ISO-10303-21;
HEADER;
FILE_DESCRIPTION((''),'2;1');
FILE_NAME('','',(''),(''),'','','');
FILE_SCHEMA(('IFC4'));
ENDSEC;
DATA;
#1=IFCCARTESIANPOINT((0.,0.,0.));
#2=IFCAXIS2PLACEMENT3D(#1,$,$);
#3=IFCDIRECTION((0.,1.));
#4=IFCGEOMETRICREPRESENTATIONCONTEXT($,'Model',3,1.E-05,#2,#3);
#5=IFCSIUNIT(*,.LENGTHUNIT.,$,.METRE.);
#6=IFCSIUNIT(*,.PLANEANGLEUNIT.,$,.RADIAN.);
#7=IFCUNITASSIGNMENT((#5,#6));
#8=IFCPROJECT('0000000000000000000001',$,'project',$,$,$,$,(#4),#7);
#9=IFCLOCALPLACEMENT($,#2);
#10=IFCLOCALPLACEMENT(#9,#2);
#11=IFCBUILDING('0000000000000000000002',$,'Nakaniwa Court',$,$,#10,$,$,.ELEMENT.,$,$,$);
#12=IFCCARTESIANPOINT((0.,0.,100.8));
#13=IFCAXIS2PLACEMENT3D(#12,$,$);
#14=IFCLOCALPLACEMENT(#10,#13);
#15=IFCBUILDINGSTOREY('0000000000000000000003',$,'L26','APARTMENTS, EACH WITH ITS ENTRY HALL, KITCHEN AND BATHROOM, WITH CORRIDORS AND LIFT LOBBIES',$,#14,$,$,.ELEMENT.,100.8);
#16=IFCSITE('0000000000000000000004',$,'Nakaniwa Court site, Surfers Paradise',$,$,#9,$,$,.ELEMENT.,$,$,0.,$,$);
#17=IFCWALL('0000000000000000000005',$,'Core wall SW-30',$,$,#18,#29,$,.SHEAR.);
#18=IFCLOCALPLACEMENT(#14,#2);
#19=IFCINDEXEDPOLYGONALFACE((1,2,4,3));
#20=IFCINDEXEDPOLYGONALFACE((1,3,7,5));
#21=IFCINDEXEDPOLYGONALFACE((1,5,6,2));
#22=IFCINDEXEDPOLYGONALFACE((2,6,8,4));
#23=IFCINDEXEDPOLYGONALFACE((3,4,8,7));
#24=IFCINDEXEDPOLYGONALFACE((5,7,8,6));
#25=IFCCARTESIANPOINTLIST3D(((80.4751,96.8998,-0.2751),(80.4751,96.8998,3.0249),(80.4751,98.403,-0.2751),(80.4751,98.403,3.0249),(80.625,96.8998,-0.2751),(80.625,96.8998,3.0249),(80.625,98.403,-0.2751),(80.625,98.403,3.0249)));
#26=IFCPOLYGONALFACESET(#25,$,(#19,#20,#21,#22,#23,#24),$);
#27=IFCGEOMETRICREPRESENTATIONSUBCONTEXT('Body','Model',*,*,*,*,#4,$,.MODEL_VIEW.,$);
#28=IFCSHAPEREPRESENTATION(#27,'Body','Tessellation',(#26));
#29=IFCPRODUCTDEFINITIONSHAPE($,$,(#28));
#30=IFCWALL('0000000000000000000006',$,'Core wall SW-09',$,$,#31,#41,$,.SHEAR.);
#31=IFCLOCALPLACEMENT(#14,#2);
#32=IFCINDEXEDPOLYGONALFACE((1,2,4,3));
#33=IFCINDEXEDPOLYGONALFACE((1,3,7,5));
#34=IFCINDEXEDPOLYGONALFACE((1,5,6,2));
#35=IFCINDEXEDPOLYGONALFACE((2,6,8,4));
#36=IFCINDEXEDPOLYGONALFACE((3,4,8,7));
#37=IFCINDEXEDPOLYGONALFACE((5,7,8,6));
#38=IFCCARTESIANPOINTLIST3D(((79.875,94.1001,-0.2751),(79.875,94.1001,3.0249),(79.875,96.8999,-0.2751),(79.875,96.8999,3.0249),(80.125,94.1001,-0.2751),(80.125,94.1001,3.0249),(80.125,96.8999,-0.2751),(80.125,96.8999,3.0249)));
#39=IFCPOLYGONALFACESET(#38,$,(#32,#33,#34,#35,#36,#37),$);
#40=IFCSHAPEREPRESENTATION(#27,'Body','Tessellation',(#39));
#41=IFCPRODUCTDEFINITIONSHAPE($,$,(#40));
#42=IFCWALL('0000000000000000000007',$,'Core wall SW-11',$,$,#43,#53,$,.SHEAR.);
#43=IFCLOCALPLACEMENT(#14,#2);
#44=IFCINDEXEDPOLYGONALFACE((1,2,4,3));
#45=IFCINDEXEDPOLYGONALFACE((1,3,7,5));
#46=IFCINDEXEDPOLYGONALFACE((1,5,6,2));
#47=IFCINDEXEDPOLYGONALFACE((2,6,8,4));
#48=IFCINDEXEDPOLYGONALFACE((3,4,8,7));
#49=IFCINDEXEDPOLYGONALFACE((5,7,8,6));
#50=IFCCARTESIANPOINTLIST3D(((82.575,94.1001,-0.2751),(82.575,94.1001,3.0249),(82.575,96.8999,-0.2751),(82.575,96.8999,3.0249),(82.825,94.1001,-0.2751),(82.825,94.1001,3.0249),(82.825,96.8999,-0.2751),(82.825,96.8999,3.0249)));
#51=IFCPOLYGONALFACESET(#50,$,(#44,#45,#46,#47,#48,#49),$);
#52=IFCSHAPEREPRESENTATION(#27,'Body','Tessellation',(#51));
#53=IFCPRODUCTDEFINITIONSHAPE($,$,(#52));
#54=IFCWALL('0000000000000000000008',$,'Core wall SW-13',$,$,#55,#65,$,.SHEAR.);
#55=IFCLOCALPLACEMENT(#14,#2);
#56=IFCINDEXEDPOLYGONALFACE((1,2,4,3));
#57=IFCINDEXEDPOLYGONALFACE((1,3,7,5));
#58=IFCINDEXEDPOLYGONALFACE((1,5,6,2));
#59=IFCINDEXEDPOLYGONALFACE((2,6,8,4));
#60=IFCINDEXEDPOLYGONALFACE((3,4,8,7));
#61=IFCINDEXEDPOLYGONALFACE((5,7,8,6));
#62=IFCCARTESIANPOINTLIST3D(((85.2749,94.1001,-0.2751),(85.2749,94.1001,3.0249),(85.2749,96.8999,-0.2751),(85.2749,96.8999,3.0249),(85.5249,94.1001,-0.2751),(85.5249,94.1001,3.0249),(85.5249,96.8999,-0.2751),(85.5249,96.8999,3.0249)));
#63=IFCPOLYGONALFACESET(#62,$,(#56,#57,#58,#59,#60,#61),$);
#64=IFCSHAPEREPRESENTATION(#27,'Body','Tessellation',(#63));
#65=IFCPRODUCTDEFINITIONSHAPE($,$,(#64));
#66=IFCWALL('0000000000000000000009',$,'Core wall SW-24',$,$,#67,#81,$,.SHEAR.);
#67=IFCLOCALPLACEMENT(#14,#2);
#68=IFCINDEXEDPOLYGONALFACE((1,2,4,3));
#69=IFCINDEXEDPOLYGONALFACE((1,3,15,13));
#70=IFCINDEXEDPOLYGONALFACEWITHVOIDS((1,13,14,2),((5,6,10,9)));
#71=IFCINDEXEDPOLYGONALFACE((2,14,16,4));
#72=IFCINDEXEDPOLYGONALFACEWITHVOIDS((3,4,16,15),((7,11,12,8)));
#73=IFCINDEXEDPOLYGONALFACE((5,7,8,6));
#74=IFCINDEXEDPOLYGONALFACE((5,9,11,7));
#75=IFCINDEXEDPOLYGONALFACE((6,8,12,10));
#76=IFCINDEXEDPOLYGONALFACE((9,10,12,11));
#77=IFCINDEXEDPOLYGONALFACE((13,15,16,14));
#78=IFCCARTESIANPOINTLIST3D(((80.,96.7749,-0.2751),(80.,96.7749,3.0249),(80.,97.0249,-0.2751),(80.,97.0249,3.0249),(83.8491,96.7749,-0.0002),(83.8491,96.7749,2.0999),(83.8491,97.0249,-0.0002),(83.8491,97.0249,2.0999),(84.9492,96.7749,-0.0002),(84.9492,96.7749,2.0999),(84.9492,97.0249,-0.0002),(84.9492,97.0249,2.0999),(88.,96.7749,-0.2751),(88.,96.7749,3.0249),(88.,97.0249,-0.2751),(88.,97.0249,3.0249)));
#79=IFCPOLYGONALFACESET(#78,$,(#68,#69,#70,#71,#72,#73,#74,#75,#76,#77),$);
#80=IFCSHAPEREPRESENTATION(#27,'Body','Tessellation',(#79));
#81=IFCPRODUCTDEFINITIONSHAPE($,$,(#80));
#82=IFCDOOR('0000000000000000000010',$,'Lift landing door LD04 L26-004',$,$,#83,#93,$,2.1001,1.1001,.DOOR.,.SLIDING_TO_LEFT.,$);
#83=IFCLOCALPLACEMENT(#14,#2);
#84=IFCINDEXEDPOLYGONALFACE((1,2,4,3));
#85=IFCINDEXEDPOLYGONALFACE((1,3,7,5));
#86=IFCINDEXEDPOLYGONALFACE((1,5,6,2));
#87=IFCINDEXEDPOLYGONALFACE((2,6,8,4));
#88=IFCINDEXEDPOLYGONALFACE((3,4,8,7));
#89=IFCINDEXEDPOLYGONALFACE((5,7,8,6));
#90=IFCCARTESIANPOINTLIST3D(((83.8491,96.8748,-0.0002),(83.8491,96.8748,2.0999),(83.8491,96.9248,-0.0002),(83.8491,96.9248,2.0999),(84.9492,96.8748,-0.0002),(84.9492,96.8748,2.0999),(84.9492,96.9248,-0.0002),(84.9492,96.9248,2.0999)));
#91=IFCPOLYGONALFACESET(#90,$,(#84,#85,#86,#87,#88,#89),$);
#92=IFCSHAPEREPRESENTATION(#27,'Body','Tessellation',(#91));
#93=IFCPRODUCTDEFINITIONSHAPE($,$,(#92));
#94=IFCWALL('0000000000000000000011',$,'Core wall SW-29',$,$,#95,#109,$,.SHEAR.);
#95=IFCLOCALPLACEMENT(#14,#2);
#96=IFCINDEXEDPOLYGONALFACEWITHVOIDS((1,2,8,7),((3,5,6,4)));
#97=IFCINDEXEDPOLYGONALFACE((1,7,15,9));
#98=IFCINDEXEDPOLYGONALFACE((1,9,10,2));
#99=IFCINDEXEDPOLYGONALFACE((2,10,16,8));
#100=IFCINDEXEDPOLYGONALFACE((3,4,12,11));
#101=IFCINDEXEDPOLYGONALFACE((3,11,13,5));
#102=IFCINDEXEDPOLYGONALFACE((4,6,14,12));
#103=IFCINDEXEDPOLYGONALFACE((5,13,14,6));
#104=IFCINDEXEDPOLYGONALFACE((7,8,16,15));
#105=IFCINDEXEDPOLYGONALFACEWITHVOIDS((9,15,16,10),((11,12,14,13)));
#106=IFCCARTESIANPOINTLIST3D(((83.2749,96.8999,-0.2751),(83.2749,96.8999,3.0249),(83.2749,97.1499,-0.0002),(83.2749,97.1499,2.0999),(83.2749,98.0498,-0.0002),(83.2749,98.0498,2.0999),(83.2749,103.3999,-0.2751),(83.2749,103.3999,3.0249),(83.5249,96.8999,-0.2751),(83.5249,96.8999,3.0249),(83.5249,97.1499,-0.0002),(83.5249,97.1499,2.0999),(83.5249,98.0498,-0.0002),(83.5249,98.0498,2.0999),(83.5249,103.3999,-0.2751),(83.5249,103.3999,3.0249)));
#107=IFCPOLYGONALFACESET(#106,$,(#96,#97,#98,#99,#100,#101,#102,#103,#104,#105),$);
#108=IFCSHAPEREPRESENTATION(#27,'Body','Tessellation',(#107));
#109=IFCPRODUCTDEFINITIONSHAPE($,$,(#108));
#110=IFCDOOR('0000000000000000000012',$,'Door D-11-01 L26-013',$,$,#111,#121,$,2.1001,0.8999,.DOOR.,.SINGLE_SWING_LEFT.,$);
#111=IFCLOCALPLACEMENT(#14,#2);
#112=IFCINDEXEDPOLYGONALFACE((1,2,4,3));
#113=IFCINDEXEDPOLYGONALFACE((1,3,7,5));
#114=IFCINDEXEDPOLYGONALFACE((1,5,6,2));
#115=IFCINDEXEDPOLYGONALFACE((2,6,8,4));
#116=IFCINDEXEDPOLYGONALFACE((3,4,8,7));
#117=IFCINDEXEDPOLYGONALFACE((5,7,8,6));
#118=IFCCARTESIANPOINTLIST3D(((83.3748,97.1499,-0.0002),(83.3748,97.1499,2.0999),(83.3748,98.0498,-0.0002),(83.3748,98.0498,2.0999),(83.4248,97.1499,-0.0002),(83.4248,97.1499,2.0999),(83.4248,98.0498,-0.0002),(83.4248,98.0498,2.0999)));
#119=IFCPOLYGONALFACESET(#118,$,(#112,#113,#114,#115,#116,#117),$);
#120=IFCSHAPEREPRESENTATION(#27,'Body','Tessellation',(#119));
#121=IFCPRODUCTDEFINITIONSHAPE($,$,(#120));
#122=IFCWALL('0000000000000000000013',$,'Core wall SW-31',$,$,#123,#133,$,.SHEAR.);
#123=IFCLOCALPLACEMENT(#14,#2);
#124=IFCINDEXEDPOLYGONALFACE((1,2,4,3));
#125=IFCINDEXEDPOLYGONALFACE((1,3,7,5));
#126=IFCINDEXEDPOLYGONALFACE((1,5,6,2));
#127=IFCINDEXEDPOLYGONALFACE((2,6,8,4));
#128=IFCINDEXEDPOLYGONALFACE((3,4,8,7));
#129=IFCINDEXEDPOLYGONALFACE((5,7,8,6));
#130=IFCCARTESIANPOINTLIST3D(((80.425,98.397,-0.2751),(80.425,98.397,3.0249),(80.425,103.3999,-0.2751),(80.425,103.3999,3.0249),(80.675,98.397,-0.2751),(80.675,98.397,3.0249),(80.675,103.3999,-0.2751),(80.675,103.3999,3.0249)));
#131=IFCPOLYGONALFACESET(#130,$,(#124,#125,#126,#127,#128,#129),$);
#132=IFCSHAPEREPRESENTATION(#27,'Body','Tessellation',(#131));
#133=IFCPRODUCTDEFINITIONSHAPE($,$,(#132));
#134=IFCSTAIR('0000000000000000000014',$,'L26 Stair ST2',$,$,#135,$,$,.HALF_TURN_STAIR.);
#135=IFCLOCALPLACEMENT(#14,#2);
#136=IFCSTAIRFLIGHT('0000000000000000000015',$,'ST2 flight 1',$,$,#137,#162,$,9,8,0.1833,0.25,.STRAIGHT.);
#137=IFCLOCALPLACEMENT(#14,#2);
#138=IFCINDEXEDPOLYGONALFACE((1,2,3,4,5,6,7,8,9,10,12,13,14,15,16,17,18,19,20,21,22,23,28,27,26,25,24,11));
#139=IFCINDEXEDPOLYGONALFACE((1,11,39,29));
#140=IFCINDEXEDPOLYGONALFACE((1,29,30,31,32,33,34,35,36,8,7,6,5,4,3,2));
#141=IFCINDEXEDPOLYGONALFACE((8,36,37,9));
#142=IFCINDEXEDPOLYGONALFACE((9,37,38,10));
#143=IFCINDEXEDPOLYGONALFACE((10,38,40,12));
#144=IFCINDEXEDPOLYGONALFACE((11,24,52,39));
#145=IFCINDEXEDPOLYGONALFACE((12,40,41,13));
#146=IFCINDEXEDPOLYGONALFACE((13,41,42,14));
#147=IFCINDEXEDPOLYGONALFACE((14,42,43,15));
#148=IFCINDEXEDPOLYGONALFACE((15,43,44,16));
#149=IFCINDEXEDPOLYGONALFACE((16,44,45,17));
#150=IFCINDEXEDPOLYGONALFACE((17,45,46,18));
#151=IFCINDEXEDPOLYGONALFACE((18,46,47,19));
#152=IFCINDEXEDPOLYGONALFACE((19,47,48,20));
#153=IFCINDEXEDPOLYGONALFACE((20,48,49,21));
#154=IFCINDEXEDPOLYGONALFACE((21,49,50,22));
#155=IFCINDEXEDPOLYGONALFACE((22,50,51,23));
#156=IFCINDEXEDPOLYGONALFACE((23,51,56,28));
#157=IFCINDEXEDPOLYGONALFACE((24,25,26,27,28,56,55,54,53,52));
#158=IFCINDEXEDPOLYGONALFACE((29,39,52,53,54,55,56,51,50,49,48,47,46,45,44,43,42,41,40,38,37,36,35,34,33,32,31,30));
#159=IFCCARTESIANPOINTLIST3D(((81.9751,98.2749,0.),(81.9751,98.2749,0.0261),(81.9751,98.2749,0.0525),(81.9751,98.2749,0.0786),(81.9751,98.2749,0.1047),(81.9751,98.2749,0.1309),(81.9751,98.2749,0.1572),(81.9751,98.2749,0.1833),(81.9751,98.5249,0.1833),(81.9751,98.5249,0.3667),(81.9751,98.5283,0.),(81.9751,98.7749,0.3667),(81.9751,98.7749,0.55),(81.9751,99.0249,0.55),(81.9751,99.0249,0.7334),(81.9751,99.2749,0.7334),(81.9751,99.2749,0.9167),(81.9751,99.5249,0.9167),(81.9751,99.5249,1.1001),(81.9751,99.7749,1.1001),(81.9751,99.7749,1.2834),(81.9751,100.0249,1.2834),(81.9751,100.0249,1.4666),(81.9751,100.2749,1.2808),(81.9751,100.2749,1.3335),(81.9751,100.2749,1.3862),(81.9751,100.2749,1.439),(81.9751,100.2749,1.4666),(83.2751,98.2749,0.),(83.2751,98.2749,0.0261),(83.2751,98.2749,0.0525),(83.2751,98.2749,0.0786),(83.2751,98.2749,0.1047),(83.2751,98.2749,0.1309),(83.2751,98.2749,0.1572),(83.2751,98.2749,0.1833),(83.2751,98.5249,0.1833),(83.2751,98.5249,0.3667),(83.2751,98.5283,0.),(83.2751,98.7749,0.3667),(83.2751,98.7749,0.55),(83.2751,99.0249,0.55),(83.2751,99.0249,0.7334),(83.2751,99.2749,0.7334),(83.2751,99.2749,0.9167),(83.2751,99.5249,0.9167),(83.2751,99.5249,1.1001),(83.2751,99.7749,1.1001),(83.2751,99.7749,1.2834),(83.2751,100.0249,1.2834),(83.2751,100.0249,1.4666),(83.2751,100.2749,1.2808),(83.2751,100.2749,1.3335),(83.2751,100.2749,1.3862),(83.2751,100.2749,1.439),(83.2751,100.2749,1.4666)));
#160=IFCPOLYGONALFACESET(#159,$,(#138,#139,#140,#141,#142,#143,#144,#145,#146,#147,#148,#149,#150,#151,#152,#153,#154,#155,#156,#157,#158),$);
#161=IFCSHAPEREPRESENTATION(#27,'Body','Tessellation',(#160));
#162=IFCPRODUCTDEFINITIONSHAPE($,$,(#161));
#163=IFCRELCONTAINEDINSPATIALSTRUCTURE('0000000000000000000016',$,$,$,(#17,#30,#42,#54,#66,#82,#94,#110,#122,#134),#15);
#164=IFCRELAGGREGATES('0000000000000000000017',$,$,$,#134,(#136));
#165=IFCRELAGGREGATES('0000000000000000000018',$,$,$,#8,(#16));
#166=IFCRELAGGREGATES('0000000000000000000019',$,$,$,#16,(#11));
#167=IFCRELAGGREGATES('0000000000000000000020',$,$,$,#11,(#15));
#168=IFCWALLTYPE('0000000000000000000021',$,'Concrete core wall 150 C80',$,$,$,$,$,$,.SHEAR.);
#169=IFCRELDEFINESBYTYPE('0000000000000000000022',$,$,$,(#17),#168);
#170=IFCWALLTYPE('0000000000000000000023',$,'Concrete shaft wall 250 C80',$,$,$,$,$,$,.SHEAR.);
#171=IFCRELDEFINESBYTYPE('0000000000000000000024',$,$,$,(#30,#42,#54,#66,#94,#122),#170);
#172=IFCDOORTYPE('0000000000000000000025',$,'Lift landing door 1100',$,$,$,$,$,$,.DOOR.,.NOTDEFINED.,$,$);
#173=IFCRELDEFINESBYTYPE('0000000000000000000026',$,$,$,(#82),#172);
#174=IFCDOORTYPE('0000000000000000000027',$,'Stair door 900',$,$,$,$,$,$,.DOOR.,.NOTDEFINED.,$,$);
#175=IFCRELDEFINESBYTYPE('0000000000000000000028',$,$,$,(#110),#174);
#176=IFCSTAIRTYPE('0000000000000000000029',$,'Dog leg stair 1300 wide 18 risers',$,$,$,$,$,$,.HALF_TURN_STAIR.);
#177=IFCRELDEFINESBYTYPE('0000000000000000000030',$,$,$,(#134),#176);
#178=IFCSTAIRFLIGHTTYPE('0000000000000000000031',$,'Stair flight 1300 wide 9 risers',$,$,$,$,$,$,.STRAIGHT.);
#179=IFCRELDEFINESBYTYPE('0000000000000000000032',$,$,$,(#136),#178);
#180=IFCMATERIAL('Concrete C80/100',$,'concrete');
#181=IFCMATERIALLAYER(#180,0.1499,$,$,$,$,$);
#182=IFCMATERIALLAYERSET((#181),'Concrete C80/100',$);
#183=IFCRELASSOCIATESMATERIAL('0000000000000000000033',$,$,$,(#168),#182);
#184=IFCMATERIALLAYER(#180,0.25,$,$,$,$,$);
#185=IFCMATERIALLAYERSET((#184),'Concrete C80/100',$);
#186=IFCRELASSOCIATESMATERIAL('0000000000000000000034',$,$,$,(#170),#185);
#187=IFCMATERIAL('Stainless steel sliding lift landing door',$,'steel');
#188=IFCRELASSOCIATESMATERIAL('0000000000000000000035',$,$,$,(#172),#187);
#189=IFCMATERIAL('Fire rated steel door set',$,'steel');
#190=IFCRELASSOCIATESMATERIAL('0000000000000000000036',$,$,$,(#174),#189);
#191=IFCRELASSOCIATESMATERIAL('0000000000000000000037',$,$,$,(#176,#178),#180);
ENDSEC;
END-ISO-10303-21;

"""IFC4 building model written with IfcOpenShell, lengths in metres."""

from ifc_helpers import new_model, si_unit, direction, frame, frame_2d, origin, place, context, subcontext, project, spatial, polyline, rectangle, outline, extrude, material, layer, layer_set, type_object, element, fill, aggregate, save


model = new_model("IFC4")

# Units and contexts
model_context = context("Model", 3, precision=1e-05, world=origin(), true_north=direction((0.0, 1.0)))
body_context = subcontext(model_context, "Body", "Model", "MODEL_VIEW")
ifc_project = project(units=[si_unit("LENGTHUNIT", "METRE"), si_unit("PLANEANGLEUNIT", "RADIAN")], contexts=[model_context])

# Site, building, storey
site_placement = place(None, origin())
site = spatial("IfcSite", under=ifc_project, at=site_placement, Name="Nakaniwa Court site, Surfers Paradise", CompositionType="ELEMENT", RefElevation=0.0)
building_placement = place(site_placement, origin())
building = spatial("IfcBuilding", under=site, at=building_placement, Name="Nakaniwa Court", CompositionType="ELEMENT")
storey_placement = place(building_placement, frame((0.0, 0.0, 100.8)))
storey = spatial("IfcBuildingStorey", under=building, at=storey_placement, Name="L26", Description="APARTMENTS, EACH WITH ITS ENTRY HALL, KITCHEN AND BATHROOM, WITH CORRIDORS AND LIFT LOBBIES", CompositionType="ELEMENT", Elevation=100.8)

# Shared definitions
ifc_material_1 = material(Name="Concrete C80/100", Category="concrete")

# Shared definitions
ifc_material_2 = material(Name="Fire rated steel door set", Category="steel")

# Walls
ifc_layer_1 = layer(ifc_material_1, 0.1499)
ifc_layer_set_1 = layer_set([ifc_layer_1], Name="Concrete C80/100")
wall_type_1 = type_object("IfcWallType", Name="Concrete core wall 150 C80", PredefinedType="SHEAR", material=ifc_layer_set_1)
wall_1_placement = place(storey_placement, frame((80.55, 96.8999, -0.2751), z_axis=(0.0, 0.0, 1.0), x_axis=(0.0, 1.0, 0.0)))
element("IfcWall", 1, at=wall_1_placement, inside=storey, type_object=wall_type_1, Name="Core wall SW-30", PredefinedType="SHEAR", context=body_context, shape_type="SweptSolid", body=[
    extrude(rectangle(XDim=1.5032, YDim=0.1499, at=frame_2d((0.7515, 0.0))), origin(), (0.0, 0.0, 1.0), 3.3),
])
ifc_layer_2 = layer(ifc_material_1, 0.25)
ifc_layer_set_2 = layer_set([ifc_layer_2], Name="Concrete C80/100")
wall_type_2 = type_object("IfcWallType", Name="Concrete shaft wall 250 C80", PredefinedType="SHEAR", material=ifc_layer_set_2)
for number, where, z_axis, x_axis, name in (
    (2, (80.0, 94.1001, -0.2751), (0.0, 0.0, 1.0), (0.0, 1.0, 0.0), "Core wall SW-09"),
    (3, (82.7, 94.1001, -0.2751), (0.0, 0.0, 1.0), (0.0, 1.0, 0.0), "Core wall SW-11"),
    (4, (85.3999, 94.1001, -0.2751), (0.0, 0.0, 1.0), (0.0, 1.0, 0.0), "Core wall SW-13"),
):
    element("IfcWall", number, at=place(storey_placement, frame(where, z_axis=z_axis, x_axis=x_axis)), inside=storey, type_object=wall_type_2, Name=name, PredefinedType="SHEAR", context=body_context, shape_type="SweptSolid", body=[
        extrude(rectangle(XDim=2.7998, YDim=0.25, at=frame_2d((1.3999, 0.0))), origin(), (0.0, 0.0, 1.0), 3.3),
    ])

# Walls, openings, doors
wall_2_placement = place(storey_placement, frame((80.0, 96.8999, -0.2751), z_axis=(0.0, 0.0, 1.0), x_axis=(1.0, 0.0, 0.0)))
wall_2 = element("IfcWall", 5, at=wall_2_placement, inside=storey, type_object=wall_type_2, Name="Core wall SW-24", PredefinedType="SHEAR", context=body_context, shape_type="SweptSolid", body=[
    extrude(rectangle(XDim=8.0, YDim=0.25, at=frame_2d((4.0, 0.0))), origin(), (0.0, 0.0, 1.0), 3.3),
])
opening_1_placement = place(wall_2_placement, frame((3.8491, 0.0, 0.2749)))
opening_1 = element("IfcOpeningElement", 6, at=opening_1_placement, cuts=wall_2, PredefinedType="OPENING", context=body_context, shape_type="SweptSolid", body=[
    extrude(rectangle(XDim=1.1001, YDim=2.1001, at=frame_2d((0.55, 1.05))), frame((0.0, 0.135, 0.0), z_axis=(0.0, -1.0, 0.0), x_axis=(1.0, 0.0, 0.0)), (0.0, 0.0, 1.0), 0.27),
])
ifc_material_3 = material(Name="Stainless steel sliding lift landing door", Category="steel")
door_type_1 = type_object("IfcDoorType", Name="Lift landing door 1100", OperationType="NOTDEFINED", PredefinedType="DOOR", material=ifc_material_3)
door_1_placement = place(opening_1_placement, origin())
door_1 = element("IfcDoor", 7, at=door_1_placement, inside=storey, type_object=door_type_1, Name="Lift landing door LD04 L26-004", OperationType="SLIDING_TO_LEFT", OverallHeight=2.1001, OverallWidth=1.1001, PredefinedType="DOOR", context=body_context, shape_type="SweptSolid", body=[
    extrude(rectangle(XDim=1.1001, YDim=2.1001, at=frame_2d((0.55, 1.05))), frame((0.0, 0.0249, 0.0), z_axis=(0.0, -1.0, 0.0), x_axis=(1.0, 0.0, 0.0)), (0.0, 0.0, 1.0), 0.05),
])
fill(opening_1, door_1)
wall_3_placement = place(storey_placement, frame((83.3999, 103.3999, -0.2751), z_axis=(0.0, 0.0, 1.0), x_axis=(0.0, -1.0, 0.0)))
wall_3 = element("IfcWall", 8, at=wall_3_placement, inside=storey, type_object=wall_type_2, Name="Core wall SW-29", PredefinedType="SHEAR", context=body_context, shape_type="SweptSolid", body=[
    extrude(rectangle(XDim=6.5, YDim=0.25, at=frame_2d((3.25, 0.0))), origin(), (0.0, 0.0, 1.0), 3.3),
])
opening_2_placement = place(wall_3_placement, frame((5.3501, 0.0, 0.2749)))
opening_2 = element("IfcOpeningElement", 9, at=opening_2_placement, cuts=wall_3, PredefinedType="OPENING", context=body_context, shape_type="SweptSolid", body=[
    extrude(rectangle(XDim=0.8999, YDim=2.1001, at=frame_2d((0.45, 1.05))), frame((0.0, 0.135, 0.0), z_axis=(0.0, -1.0, 0.0), x_axis=(1.0, 0.0, 0.0)), (0.0, 0.0, 1.0), 0.27),
])
door_type_2 = type_object("IfcDoorType", Name="Stair door 900", OperationType="NOTDEFINED", PredefinedType="DOOR", material=ifc_material_2)
door_2_placement = place(opening_2_placement, origin())
door_2 = element("IfcDoor", 10, at=door_2_placement, inside=storey, type_object=door_type_2, Name="Door D-11-01 L26-013", OperationType="SINGLE_SWING_LEFT", OverallHeight=2.1001, OverallWidth=0.8999, PredefinedType="DOOR", context=body_context, shape_type="SweptSolid", body=[
    extrude(rectangle(XDim=0.8999, YDim=2.1001, at=frame_2d((0.45, 1.05))), frame((0.0, 0.0249, 0.0), z_axis=(0.0, -1.0, 0.0), x_axis=(1.0, 0.0, 0.0)), (0.0, 0.0, 1.0), 0.05),
])
fill(opening_2, door_2)

# Wall
wall_4_placement = place(storey_placement, frame((80.55, 98.397, -0.2751), z_axis=(0.0, 0.0, 1.0), x_axis=(0.0, 1.0, 0.0)))
element("IfcWall", 11, at=wall_4_placement, inside=storey, type_object=wall_type_2, Name="Core wall SW-31", PredefinedType="SHEAR", context=body_context, shape_type="SweptSolid", body=[
    extrude(rectangle(XDim=5.0029, YDim=0.25, at=frame_2d((2.5015, 0.0))), origin(), (0.0, 0.0, 1.0), 3.3),
])

# Stair, stair flight
stair_type = type_object("IfcStairType", Name="Dog leg stair 1300 wide 18 risers", PredefinedType="HALF_TURN_STAIR", material=ifc_material_1)
stair_placement = place(storey_placement, origin())
stair = element("IfcStair", 12, at=stair_placement, inside=storey, type_object=stair_type, Name="L26 Stair ST2", PredefinedType="HALF_TURN_STAIR")
stair_flight_type = type_object("IfcStairFlightType", Name="Stair flight 1300 wide 9 risers", PredefinedType="STRAIGHT", material=ifc_material_1)
stair_flight_1_placement = place(storey_placement, frame((82.625, 98.2749, 0.0), z_axis=(0.0, 0.0, 1.0), x_axis=(0.0, 1.0, 0.0)))
stair_flight_1 = element("IfcStairFlight", 13, at=stair_flight_1_placement, type_object=stair_flight_type, Name="ST2 flight 1", NumberOfRisers=9, NumberOfTreads=8, PredefinedType="STRAIGHT", RiserHeight=0.1833, TreadLength=0.25, context=body_context, shape_type="SweptSolid", body=[
    extrude(outline(polyline([(0.0, 0.0), (0.0, 0.0261), (0.0, 0.0525), (0.0, 0.0786), (0.0, 0.1047), (0.0, 0.1309), (0.0, 0.1572), (0.0, 0.1833), (0.25, 0.1833), (0.25, 0.3667), (0.5, 0.3667), (0.5, 0.55), (0.75, 0.55), (0.75, 0.7334), (1.0, 0.7334), (1.0, 0.9167), (1.25, 0.9167), (1.25, 1.1001), (1.5, 1.1001), (1.5, 1.2834), (1.75, 1.2834), (1.75, 1.4666), (2.0, 1.4666), (2.0, 1.6499), (2.0, 1.5972), (2.0, 1.5444), (2.0, 1.4917), (2.0, 1.439), (2.0, 1.3862), (2.0, 1.3335), (2.0, 1.2808), (0.2534, 0.0), (0.0, 0.0)])), frame((0.0, 0.6499, 0.0), z_axis=(0.0, -1.0, 0.0), x_axis=(1.0, 0.0, 0.0)), (0.0, 0.0, 1.0), 1.3),
])
aggregate(stair, [stair_flight_1])

save(model, "model.ifc")
